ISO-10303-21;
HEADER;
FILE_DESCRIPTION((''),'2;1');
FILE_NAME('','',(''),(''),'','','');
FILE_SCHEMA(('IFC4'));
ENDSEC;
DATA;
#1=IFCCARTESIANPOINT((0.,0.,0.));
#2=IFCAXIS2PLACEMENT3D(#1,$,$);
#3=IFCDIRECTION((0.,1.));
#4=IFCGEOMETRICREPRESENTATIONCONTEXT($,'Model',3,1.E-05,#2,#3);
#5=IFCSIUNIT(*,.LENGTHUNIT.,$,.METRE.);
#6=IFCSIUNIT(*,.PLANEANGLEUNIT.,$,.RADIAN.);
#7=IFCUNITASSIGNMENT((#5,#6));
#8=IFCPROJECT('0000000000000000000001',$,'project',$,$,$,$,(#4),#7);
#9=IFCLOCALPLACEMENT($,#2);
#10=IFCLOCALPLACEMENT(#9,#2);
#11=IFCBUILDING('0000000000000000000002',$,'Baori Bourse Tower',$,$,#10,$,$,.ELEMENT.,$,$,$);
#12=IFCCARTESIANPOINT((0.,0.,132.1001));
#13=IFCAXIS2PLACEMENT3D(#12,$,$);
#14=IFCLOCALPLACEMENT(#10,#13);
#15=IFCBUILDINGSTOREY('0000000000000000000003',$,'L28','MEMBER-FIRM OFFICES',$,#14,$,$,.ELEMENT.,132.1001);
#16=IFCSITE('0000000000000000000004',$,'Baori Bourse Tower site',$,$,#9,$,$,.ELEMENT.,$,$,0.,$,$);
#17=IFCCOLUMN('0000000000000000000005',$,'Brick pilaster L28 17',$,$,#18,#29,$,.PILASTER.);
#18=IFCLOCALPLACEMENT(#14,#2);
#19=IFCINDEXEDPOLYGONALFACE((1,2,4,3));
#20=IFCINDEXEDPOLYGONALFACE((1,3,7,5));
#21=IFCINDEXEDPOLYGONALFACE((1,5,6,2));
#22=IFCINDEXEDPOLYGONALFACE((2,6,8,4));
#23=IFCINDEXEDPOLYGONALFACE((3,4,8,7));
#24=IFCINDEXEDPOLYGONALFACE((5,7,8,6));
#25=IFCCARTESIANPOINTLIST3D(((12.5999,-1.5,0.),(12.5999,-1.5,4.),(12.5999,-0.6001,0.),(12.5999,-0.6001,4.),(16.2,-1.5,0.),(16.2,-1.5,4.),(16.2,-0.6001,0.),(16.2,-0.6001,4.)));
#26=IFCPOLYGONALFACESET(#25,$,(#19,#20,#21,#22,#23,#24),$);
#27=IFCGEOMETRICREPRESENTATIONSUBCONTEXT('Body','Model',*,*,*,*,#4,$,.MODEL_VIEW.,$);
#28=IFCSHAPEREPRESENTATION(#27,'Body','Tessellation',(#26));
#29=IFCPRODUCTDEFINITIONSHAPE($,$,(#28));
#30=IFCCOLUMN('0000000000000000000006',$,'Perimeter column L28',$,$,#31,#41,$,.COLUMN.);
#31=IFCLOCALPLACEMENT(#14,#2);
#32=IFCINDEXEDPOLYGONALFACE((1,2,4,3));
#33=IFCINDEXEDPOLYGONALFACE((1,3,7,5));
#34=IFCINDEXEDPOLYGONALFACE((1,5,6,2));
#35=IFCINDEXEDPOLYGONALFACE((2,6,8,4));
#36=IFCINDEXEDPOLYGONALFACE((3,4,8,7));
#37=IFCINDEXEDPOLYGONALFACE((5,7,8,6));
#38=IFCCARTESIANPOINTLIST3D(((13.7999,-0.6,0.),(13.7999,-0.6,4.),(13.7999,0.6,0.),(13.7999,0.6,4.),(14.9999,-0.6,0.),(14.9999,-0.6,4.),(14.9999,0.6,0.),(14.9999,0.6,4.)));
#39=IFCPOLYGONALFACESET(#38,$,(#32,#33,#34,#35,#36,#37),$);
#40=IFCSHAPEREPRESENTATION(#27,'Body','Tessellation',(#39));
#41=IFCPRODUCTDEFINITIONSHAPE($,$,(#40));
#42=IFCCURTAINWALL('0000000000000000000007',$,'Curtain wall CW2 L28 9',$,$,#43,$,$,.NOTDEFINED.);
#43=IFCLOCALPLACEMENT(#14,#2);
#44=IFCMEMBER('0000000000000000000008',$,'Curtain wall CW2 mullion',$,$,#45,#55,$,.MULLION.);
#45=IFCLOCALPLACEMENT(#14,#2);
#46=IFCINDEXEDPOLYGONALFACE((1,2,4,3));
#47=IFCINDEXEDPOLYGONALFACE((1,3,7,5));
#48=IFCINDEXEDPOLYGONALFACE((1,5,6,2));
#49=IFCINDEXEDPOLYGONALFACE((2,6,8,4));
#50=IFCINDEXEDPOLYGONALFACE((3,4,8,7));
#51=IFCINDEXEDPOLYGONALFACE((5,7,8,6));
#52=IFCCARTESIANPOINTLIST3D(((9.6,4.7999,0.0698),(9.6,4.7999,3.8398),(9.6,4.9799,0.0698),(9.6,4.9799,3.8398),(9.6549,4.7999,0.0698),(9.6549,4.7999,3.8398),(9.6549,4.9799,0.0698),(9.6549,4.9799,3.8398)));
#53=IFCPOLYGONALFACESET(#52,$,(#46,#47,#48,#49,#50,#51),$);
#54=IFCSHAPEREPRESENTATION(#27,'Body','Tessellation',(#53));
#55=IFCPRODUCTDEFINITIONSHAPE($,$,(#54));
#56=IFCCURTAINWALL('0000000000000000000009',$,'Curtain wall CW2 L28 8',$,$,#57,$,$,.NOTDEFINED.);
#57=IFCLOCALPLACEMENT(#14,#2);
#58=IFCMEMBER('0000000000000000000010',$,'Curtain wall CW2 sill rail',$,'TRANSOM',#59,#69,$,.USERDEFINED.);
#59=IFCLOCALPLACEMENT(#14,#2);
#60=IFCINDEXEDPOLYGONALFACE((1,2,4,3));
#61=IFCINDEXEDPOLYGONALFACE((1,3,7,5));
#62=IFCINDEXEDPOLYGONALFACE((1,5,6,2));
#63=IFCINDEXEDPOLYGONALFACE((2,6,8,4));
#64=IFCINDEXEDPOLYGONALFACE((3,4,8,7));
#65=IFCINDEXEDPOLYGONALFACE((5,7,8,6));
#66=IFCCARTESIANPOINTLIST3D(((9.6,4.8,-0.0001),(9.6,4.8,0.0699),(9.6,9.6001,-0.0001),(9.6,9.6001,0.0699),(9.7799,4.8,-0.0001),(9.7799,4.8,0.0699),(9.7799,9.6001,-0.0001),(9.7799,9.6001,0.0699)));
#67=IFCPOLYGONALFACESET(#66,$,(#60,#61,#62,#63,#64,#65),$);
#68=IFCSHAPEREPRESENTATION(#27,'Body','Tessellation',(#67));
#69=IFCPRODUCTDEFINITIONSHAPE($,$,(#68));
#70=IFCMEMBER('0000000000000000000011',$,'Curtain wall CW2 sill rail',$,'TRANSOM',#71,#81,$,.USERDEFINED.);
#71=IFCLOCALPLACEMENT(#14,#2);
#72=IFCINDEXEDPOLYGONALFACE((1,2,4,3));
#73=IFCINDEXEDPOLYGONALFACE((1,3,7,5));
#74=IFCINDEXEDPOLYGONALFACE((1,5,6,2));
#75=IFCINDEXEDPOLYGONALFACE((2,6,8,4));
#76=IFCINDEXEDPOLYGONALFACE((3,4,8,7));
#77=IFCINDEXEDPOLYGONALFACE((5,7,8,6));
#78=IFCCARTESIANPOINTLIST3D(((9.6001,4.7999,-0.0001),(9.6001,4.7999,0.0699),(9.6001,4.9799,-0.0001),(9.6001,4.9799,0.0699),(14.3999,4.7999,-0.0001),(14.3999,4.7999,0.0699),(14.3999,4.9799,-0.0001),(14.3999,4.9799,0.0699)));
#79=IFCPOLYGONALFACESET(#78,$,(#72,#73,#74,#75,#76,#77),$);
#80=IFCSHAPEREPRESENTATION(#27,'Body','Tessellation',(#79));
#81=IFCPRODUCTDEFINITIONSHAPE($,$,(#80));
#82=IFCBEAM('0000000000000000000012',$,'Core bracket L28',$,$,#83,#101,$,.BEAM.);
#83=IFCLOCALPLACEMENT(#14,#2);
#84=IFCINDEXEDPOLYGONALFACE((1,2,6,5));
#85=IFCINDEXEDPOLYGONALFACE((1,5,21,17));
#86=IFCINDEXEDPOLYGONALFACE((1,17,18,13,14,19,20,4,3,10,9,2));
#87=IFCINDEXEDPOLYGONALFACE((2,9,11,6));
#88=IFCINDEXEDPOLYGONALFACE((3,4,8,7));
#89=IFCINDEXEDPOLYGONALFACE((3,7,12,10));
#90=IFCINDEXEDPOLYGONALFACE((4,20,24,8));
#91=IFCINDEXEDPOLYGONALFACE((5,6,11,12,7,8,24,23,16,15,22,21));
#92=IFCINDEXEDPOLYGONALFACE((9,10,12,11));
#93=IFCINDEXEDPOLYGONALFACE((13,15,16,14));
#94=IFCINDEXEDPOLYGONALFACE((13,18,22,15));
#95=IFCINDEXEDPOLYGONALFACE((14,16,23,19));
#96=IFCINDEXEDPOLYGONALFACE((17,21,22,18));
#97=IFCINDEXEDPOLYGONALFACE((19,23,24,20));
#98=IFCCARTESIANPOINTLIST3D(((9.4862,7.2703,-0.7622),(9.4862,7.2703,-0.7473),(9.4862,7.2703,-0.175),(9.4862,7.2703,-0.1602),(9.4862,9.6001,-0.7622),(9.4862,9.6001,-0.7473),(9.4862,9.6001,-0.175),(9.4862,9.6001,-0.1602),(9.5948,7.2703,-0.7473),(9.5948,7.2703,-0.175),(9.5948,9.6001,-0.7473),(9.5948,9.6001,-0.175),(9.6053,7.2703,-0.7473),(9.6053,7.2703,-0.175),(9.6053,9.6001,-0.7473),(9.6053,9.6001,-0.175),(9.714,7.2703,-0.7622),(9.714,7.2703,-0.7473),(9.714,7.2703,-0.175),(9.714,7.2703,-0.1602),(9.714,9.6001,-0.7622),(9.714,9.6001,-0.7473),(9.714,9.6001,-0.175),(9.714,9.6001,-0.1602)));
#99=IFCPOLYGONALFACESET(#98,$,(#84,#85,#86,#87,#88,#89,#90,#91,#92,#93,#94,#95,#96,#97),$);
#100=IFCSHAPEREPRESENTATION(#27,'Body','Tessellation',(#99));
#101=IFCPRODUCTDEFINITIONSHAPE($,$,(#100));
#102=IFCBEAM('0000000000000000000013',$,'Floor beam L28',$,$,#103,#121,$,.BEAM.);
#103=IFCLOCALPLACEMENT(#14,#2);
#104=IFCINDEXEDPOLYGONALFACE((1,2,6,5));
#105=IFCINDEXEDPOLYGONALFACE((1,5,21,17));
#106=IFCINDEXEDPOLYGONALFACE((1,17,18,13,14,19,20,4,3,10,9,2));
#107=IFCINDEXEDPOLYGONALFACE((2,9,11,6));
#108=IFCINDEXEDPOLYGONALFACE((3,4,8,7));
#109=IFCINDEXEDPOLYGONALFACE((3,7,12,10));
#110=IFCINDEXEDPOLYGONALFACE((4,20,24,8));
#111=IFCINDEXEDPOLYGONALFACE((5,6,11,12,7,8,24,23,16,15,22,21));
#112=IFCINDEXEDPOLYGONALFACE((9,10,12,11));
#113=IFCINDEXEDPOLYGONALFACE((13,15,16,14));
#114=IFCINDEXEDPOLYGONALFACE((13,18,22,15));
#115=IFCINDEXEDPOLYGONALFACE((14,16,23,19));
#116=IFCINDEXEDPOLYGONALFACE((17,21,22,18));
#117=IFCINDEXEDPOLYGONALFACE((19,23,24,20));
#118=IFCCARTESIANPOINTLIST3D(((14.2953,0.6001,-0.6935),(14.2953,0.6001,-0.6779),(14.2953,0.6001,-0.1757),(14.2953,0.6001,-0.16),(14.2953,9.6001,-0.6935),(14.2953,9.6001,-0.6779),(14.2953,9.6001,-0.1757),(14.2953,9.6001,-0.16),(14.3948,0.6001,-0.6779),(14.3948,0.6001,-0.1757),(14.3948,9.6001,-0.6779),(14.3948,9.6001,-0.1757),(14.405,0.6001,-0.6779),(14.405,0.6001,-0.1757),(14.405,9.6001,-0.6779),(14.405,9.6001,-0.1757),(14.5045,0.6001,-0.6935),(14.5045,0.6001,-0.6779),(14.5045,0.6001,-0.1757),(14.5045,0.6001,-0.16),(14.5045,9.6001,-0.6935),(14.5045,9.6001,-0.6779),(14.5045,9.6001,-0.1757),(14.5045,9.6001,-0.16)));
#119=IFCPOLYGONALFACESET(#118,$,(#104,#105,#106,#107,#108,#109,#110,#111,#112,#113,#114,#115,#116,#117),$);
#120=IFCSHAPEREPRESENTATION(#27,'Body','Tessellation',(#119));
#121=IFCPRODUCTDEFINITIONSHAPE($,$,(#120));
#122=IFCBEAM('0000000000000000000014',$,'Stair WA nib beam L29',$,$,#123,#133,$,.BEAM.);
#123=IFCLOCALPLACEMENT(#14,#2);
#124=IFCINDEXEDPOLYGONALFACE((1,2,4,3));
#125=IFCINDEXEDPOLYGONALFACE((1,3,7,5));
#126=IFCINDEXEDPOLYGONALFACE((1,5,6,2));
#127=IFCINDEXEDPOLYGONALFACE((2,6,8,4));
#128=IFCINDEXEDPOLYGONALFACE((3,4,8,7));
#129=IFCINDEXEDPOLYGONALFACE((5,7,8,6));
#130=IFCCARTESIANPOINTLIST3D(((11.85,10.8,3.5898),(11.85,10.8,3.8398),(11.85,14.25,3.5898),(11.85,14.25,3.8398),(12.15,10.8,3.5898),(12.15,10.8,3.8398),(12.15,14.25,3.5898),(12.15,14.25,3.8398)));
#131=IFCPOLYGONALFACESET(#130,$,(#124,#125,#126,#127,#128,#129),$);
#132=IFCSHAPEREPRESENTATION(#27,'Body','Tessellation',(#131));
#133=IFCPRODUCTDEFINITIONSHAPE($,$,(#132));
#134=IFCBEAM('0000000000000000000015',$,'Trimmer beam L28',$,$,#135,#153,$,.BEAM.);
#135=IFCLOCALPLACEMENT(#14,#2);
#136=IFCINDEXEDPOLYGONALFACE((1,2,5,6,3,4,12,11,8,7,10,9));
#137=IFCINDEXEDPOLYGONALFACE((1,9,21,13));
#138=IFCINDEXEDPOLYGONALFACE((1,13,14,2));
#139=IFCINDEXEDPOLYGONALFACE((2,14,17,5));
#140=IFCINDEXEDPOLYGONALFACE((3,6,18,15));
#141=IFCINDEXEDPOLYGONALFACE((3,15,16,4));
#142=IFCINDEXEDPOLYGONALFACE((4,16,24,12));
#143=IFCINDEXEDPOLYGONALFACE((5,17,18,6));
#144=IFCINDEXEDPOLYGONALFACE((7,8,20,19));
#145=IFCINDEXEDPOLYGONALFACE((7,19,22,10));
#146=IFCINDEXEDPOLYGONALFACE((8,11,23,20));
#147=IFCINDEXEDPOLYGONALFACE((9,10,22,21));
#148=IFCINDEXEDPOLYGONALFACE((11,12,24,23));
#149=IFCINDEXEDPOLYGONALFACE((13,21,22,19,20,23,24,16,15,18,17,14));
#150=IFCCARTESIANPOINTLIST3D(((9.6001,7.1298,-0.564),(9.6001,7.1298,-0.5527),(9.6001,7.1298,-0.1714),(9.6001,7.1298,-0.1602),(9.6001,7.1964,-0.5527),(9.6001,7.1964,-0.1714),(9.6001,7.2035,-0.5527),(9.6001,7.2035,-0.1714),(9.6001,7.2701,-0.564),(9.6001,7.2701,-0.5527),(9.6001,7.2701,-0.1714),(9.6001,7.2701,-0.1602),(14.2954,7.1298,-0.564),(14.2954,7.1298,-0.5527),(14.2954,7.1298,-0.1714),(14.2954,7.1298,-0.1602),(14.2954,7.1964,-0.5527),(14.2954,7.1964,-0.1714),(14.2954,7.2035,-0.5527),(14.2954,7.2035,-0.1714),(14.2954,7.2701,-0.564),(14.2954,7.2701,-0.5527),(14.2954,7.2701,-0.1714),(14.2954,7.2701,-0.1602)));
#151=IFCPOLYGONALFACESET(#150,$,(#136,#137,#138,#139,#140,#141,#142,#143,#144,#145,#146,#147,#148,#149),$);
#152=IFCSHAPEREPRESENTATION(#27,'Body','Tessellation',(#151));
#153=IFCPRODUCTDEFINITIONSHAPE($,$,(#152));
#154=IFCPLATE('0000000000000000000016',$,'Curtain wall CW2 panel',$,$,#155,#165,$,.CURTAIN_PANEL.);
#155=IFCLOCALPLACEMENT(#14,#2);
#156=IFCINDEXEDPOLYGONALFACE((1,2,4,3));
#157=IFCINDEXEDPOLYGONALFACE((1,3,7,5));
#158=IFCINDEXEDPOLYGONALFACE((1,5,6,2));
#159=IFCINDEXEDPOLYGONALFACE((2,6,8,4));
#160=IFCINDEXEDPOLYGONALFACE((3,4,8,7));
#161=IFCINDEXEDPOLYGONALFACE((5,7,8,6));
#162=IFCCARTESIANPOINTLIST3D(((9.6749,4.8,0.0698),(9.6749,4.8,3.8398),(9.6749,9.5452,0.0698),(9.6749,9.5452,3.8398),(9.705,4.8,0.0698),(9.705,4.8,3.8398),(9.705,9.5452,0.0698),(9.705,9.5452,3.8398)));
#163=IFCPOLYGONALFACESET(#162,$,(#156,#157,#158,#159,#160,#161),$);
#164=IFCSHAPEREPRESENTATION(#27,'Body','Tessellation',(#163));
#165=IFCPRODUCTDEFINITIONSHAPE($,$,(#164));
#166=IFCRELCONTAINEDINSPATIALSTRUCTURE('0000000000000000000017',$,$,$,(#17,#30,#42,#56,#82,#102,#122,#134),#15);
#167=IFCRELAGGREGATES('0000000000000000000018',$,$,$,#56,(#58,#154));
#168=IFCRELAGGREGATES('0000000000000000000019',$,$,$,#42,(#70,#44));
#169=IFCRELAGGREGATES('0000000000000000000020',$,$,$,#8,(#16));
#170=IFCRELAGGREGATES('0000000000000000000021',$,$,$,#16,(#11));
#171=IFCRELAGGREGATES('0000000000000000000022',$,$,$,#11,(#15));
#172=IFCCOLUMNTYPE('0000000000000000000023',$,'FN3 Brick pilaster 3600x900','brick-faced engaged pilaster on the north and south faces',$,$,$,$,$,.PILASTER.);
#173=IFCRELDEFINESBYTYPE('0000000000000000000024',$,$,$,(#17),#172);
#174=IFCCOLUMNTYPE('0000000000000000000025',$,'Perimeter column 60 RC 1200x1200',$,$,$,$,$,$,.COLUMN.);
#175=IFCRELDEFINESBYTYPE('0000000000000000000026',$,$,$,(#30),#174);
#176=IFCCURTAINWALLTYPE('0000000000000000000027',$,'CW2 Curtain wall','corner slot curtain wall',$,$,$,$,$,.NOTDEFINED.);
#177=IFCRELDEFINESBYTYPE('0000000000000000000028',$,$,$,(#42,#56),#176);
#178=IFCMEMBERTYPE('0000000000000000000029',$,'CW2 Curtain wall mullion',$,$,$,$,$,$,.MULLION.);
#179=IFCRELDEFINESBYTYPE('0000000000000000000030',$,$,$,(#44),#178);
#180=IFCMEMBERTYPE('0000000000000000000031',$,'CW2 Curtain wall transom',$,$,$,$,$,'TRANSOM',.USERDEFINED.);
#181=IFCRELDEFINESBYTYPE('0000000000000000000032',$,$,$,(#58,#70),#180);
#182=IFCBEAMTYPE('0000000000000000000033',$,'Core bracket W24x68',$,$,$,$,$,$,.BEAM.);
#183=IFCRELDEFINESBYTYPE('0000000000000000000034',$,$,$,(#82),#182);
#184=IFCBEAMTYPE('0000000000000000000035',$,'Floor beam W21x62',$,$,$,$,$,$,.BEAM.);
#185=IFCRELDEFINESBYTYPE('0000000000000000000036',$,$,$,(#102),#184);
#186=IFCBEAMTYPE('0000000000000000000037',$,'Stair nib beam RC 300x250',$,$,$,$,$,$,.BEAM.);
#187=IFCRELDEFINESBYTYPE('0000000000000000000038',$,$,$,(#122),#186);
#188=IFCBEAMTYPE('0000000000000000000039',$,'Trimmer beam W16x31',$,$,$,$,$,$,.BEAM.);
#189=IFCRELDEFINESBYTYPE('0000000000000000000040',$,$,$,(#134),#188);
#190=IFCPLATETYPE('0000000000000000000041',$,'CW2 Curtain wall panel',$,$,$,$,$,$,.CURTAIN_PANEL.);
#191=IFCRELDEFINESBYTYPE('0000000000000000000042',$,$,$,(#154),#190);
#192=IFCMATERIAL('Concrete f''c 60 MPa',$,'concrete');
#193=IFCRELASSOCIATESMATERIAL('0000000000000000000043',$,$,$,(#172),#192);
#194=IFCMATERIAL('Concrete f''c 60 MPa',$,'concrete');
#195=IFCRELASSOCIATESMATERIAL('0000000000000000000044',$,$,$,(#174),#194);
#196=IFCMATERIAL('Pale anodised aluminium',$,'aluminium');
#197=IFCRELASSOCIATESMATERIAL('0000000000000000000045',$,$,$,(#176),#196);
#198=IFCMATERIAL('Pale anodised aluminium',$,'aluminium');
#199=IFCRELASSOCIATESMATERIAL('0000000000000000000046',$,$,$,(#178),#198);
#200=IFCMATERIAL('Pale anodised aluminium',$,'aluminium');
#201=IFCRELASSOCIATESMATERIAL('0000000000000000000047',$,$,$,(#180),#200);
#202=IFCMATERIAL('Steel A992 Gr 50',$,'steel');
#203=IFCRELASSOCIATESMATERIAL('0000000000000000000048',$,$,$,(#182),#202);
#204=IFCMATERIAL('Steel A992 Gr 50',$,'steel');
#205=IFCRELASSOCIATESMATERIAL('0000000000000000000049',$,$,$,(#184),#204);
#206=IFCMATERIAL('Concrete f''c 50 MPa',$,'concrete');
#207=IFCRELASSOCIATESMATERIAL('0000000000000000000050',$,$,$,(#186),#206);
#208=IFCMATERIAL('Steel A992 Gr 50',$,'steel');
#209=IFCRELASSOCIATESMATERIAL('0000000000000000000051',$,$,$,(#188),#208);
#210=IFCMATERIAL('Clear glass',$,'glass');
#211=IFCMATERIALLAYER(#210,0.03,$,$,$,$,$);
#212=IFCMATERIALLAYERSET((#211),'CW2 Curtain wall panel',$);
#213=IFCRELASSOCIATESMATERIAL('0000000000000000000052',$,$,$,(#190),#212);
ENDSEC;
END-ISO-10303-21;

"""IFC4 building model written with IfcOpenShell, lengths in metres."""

from ifc_helpers import new_model, si_unit, direction, frame, origin, origin_2d, place, context, subcontext, project, spatial, rectangle, i_section, extrude, material, layer, layer_set, material_profile, profile_set, type_object, element, aggregate, save


model = new_model("IFC4")

# Units and contexts
model_context = context("Model", 3, precision=1e-05, world=origin(), true_north=direction((0.0, 1.0)))
body_context = subcontext(model_context, "Body", "Model", "MODEL_VIEW")
ifc_project = project(units=[si_unit("LENGTHUNIT", "METRE"), si_unit("PLANEANGLEUNIT", "RADIAN")], contexts=[model_context])

# Site, building, storey
site_placement = place(None, origin())
site = spatial("IfcSite", under=ifc_project, at=site_placement, Name="Baori Bourse Tower site", CompositionType="ELEMENT", RefElevation=0.0)
building_placement = place(site_placement, origin())
building = spatial("IfcBuilding", under=site, at=building_placement, Name="Baori Bourse Tower", CompositionType="ELEMENT")
storey_placement = place(building_placement, frame((0.0, 0.0, 132.1001)))
storey = spatial("IfcBuildingStorey", under=building, at=storey_placement, Name="L28", Description="MEMBER-FIRM OFFICES", CompositionType="ELEMENT", Elevation=132.1001)

# Columns
ifc_material_1 = material(Name="Concrete f'c 60 MPa", Category="concrete")
ifc_material_profile_1 = material_profile(ifc_material_1, rectangle(XDim=3.6001, YDim=0.8999, at=origin_2d()), Name="RC 3600x900")
ifc_profile_set_1 = profile_set([ifc_material_profile_1], Name="Concrete f'c 60 MPa")
column_type_1 = type_object("IfcColumnType", Name="FN3 Brick pilaster 3600x900", Description="brick-faced engaged pilaster on the north and south faces", PredefinedType="PILASTER", material=ifc_profile_set_1)
column_1_placement = place(storey_placement, frame((14.3999, -1.05, 0.0), z_axis=(0.0, 0.0, 1.0), x_axis=(1.0, 0.0, 0.0)))
element("IfcColumn", 1, at=column_1_placement, inside=storey, type_object=column_type_1, Name="Brick pilaster L28 17", PredefinedType="PILASTER", context=body_context, shape_type="SweptSolid", body=[
    extrude(rectangle(XDim=3.6001, YDim=0.8999, at=origin_2d()), origin(), (0.0, 0.0, 1.0), 4.0),
])
ifc_material_2 = material(Name="Concrete f'c 60 MPa", Category="concrete")
ifc_material_profile_2 = material_profile(ifc_material_2, rectangle(XDim=1.2, YDim=1.2, at=origin_2d()), Name="RC 1200x1200")
ifc_profile_set_2 = profile_set([ifc_material_profile_2], Name="Concrete f'c 60 MPa")
column_type_2 = type_object("IfcColumnType", Name="Perimeter column 60 RC 1200x1200", PredefinedType="COLUMN", material=ifc_profile_set_2)
column_2_placement = place(storey_placement, frame((14.3999, 0.0, 0.0), z_axis=(0.0, 0.0, 1.0), x_axis=(1.0, 0.0, 0.0)))
element("IfcColumn", 2, at=column_2_placement, inside=storey, type_object=column_type_2, Name="Perimeter column L28", PredefinedType="COLUMN", context=body_context, shape_type="SweptSolid", body=[
    extrude(rectangle(XDim=1.2, YDim=1.2, at=origin_2d()), origin(), (0.0, 0.0, 1.0), 4.0),
])

# Curtain walls, members
ifc_material_3 = material(Name="Pale anodised aluminium", Category="aluminium")
curtain_wall_type = type_object("IfcCurtainWallType", Name="CW2 Curtain wall", Description="corner slot curtain wall", PredefinedType="NOTDEFINED", material=ifc_material_3)
curtain_wall_1_placement = place(storey_placement, origin())
curtain_wall_1 = element("IfcCurtainWall", 3, at=curtain_wall_1_placement, inside=storey, type_object=curtain_wall_type, Name="Curtain wall CW2 L28 9", PredefinedType="NOTDEFINED")
ifc_material_4 = material(Name="Pale anodised aluminium", Category="aluminium")
ifc_material_profile_3 = material_profile(ifc_material_4, rectangle(XDim=0.1799, YDim=0.0549, at=origin_2d()), Name="Mullion 55x180")
ifc_profile_set_3 = profile_set([ifc_material_profile_3], Name="Pale anodised aluminium")
member_type_1 = type_object("IfcMemberType", Name="CW2 Curtain wall mullion", PredefinedType="MULLION", material=ifc_profile_set_3)
member_1_placement = place(storey_placement, frame((9.6274, 4.8899, 0.0698), z_axis=(0.0, 0.0, 1.0), x_axis=(0.0, 1.0, 0.0)))
member_1 = element("IfcMember", 4, at=member_1_placement, type_object=member_type_1, Name="Curtain wall CW2 mullion", PredefinedType="MULLION", context=body_context, shape_type="SweptSolid", body=[
    extrude(rectangle(XDim=0.1799, YDim=0.0549, at=origin_2d()), origin(), (0.0, 0.0, 1.0), 3.77),
])
curtain_wall_2_placement = place(storey_placement, origin())
curtain_wall_2 = element("IfcCurtainWall", 5, at=curtain_wall_2_placement, inside=storey, type_object=curtain_wall_type, Name="Curtain wall CW2 L28 8", PredefinedType="NOTDEFINED")
ifc_material_5 = material(Name="Pale anodised aluminium", Category="aluminium")
ifc_material_profile_4 = material_profile(ifc_material_5, rectangle(XDim=0.1799, YDim=0.0701, at=origin_2d()), Name="Transom 70x180")
ifc_profile_set_4 = profile_set([ifc_material_profile_4], Name="Pale anodised aluminium")
member_type_2 = type_object("IfcMemberType", Name="CW2 Curtain wall transom", ElementType="TRANSOM", PredefinedType="USERDEFINED", material=ifc_profile_set_4)
member_2_placement = place(storey_placement, frame((9.6899, 9.6001, 0.0349), z_axis=(0.0, -1.0, 0.0), x_axis=(1.0, 0.0, 0.0)))
member_2 = element("IfcMember", 6, at=member_2_placement, type_object=member_type_2, Name="Curtain wall CW2 sill rail", ObjectType="TRANSOM", PredefinedType="USERDEFINED", context=body_context, shape_type="SweptSolid", body=[
    extrude(rectangle(XDim=0.1799, YDim=0.0701, at=origin_2d()), origin(), (0.0, 0.0, 1.0), 4.8),
])

# Member
member_3_placement = place(storey_placement, frame((9.6001, 4.8899, 0.0349), z_axis=(1.0, 0.0, 0.0), x_axis=(0.0, 1.0, 0.0)))
member_3 = element("IfcMember", 7, at=member_3_placement, type_object=member_type_2, Name="Curtain wall CW2 sill rail", ObjectType="TRANSOM", PredefinedType="USERDEFINED", context=body_context, shape_type="SweptSolid", body=[
    extrude(rectangle(XDim=0.1799, YDim=0.0701, at=origin_2d()), origin(), (0.0, 0.0, 1.0), 4.7998),
])

# Beams
ifc_material_6 = material(Name="Steel A992 Gr 50", Category="steel")
ifc_material_profile_5 = material_profile(ifc_material_6, i_section(OverallWidth=0.2278, OverallDepth=0.6021, WebThickness=0.0105, FlangeThickness=0.0149, at=origin_2d()), Name="W24x68")
ifc_profile_set_5 = profile_set([ifc_material_profile_5], Name="Steel A992 Gr 50")
beam_type_1 = type_object("IfcBeamType", Name="Core bracket W24x68", PredefinedType="BEAM", material=ifc_profile_set_5)
beam_1_placement = place(storey_placement, frame((9.6001, 7.2703, -0.4612), z_axis=(0.0, 1.0, 0.0), x_axis=(-1.0, 0.0, 0.0)))
element("IfcBeam", 8, at=beam_1_placement, inside=storey, type_object=beam_type_1, Name="Core bracket L28", PredefinedType="BEAM", context=body_context, shape_type="SweptSolid", body=[
    extrude(i_section(OverallWidth=0.2278, OverallDepth=0.6021, WebThickness=0.0105, FlangeThickness=0.0149, at=origin_2d()), origin(), (0.0, 0.0, 1.0), 2.3298),
])
ifc_material_7 = material(Name="Steel A992 Gr 50", Category="steel")
ifc_material_profile_6 = material_profile(ifc_material_7, i_section(OverallWidth=0.2092, OverallDepth=0.5334, WebThickness=0.0103, FlangeThickness=0.0156, at=origin_2d()), Name="W21x62")
ifc_profile_set_6 = profile_set([ifc_material_profile_6], Name="Steel A992 Gr 50")
beam_type_2 = type_object("IfcBeamType", Name="Floor beam W21x62", PredefinedType="BEAM", material=ifc_profile_set_6)
beam_2_placement = place(storey_placement, frame((14.3999, 0.6001, -0.4268), z_axis=(0.0, 1.0, 0.0), x_axis=(-1.0, 0.0, 0.0)))
element("IfcBeam", 9, at=beam_2_placement, inside=storey, type_object=beam_type_2, Name="Floor beam L28", PredefinedType="BEAM", context=body_context, shape_type="SweptSolid", body=[
    extrude(i_section(OverallWidth=0.2092, OverallDepth=0.5334, WebThickness=0.0103, FlangeThickness=0.0156, at=origin_2d()), origin(), (0.0, 0.0, 1.0), 9.0),
])
ifc_material_8 = material(Name="Concrete f'c 50 MPa", Category="concrete")
ifc_material_profile_7 = material_profile(ifc_material_8, rectangle(XDim=0.3, YDim=0.25, at=origin_2d()), Name="RC 300x250")
ifc_profile_set_7 = profile_set([ifc_material_profile_7], Name="Concrete f'c 50 MPa")
beam_type_3 = type_object("IfcBeamType", Name="Stair nib beam RC 300x250", PredefinedType="BEAM", material=ifc_profile_set_7)
beam_3_placement = place(storey_placement, frame((12.0, 10.8, 3.7148), z_axis=(0.0, 1.0, 0.0), x_axis=(-1.0, 0.0, 0.0)))
element("IfcBeam", 10, at=beam_3_placement, inside=storey, type_object=beam_type_3, Name="Stair WA nib beam L29", PredefinedType="BEAM", context=body_context, shape_type="SweptSolid", body=[
    extrude(rectangle(XDim=0.3, YDim=0.25, at=origin_2d()), origin(), (0.0, 0.0, 1.0), 3.45),
])
ifc_material_9 = material(Name="Steel A992 Gr 50", Category="steel")
ifc_material_profile_8 = material_profile(ifc_material_9, i_section(OverallWidth=0.1404, OverallDepth=0.4038, WebThickness=0.0071, FlangeThickness=0.0112, at=origin_2d()), Name="W16x31")
ifc_profile_set_8 = profile_set([ifc_material_profile_8], Name="Steel A992 Gr 50")
beam_type_4 = type_object("IfcBeamType", Name="Trimmer beam W16x31", PredefinedType="BEAM", material=ifc_profile_set_8)
beam_4_placement = place(storey_placement, frame((9.6001, 7.2, -0.3621), z_axis=(1.0, 0.0, 0.0), x_axis=(0.0, 1.0, 0.0)))
element("IfcBeam", 11, at=beam_4_placement, inside=storey, type_object=beam_type_4, Name="Trimmer beam L28", PredefinedType="BEAM", context=body_context, shape_type="SweptSolid", body=[
    extrude(i_section(OverallWidth=0.1404, OverallDepth=0.4038, WebThickness=0.0071, FlangeThickness=0.0112, at=origin_2d()), origin(), (0.0, 0.0, 1.0), 4.6953),
])

# Plate
ifc_material_10 = material(Name="Clear glass", Category="glass")
ifc_layer_1 = layer(ifc_material_10, 0.03)
ifc_layer_set_1 = layer_set([ifc_layer_1], Name="CW2 Curtain wall panel")
plate_type = type_object("IfcPlateType", Name="CW2 Curtain wall panel", PredefinedType="CURTAIN_PANEL", material=ifc_layer_set_1)
plate_1_placement = place(storey_placement, frame((9.6899, 7.1726, 0.0698), z_axis=(0.0, 0.0, 1.0), x_axis=(0.0, -1.0, 0.0)))
plate_1 = element("IfcPlate", 12, at=plate_1_placement, type_object=plate_type, Name="Curtain wall CW2 panel", PredefinedType="CURTAIN_PANEL", context=body_context, shape_type="SweptSolid", body=[
    extrude(rectangle(XDim=4.7451, YDim=0.03, at=origin_2d()), origin(), (0.0, 0.0, 1.0), 3.77),
])
aggregate(curtain_wall_2, [member_2, plate_1])
aggregate(curtain_wall_1, [member_3, member_1])

save(model, "model.ifc")
